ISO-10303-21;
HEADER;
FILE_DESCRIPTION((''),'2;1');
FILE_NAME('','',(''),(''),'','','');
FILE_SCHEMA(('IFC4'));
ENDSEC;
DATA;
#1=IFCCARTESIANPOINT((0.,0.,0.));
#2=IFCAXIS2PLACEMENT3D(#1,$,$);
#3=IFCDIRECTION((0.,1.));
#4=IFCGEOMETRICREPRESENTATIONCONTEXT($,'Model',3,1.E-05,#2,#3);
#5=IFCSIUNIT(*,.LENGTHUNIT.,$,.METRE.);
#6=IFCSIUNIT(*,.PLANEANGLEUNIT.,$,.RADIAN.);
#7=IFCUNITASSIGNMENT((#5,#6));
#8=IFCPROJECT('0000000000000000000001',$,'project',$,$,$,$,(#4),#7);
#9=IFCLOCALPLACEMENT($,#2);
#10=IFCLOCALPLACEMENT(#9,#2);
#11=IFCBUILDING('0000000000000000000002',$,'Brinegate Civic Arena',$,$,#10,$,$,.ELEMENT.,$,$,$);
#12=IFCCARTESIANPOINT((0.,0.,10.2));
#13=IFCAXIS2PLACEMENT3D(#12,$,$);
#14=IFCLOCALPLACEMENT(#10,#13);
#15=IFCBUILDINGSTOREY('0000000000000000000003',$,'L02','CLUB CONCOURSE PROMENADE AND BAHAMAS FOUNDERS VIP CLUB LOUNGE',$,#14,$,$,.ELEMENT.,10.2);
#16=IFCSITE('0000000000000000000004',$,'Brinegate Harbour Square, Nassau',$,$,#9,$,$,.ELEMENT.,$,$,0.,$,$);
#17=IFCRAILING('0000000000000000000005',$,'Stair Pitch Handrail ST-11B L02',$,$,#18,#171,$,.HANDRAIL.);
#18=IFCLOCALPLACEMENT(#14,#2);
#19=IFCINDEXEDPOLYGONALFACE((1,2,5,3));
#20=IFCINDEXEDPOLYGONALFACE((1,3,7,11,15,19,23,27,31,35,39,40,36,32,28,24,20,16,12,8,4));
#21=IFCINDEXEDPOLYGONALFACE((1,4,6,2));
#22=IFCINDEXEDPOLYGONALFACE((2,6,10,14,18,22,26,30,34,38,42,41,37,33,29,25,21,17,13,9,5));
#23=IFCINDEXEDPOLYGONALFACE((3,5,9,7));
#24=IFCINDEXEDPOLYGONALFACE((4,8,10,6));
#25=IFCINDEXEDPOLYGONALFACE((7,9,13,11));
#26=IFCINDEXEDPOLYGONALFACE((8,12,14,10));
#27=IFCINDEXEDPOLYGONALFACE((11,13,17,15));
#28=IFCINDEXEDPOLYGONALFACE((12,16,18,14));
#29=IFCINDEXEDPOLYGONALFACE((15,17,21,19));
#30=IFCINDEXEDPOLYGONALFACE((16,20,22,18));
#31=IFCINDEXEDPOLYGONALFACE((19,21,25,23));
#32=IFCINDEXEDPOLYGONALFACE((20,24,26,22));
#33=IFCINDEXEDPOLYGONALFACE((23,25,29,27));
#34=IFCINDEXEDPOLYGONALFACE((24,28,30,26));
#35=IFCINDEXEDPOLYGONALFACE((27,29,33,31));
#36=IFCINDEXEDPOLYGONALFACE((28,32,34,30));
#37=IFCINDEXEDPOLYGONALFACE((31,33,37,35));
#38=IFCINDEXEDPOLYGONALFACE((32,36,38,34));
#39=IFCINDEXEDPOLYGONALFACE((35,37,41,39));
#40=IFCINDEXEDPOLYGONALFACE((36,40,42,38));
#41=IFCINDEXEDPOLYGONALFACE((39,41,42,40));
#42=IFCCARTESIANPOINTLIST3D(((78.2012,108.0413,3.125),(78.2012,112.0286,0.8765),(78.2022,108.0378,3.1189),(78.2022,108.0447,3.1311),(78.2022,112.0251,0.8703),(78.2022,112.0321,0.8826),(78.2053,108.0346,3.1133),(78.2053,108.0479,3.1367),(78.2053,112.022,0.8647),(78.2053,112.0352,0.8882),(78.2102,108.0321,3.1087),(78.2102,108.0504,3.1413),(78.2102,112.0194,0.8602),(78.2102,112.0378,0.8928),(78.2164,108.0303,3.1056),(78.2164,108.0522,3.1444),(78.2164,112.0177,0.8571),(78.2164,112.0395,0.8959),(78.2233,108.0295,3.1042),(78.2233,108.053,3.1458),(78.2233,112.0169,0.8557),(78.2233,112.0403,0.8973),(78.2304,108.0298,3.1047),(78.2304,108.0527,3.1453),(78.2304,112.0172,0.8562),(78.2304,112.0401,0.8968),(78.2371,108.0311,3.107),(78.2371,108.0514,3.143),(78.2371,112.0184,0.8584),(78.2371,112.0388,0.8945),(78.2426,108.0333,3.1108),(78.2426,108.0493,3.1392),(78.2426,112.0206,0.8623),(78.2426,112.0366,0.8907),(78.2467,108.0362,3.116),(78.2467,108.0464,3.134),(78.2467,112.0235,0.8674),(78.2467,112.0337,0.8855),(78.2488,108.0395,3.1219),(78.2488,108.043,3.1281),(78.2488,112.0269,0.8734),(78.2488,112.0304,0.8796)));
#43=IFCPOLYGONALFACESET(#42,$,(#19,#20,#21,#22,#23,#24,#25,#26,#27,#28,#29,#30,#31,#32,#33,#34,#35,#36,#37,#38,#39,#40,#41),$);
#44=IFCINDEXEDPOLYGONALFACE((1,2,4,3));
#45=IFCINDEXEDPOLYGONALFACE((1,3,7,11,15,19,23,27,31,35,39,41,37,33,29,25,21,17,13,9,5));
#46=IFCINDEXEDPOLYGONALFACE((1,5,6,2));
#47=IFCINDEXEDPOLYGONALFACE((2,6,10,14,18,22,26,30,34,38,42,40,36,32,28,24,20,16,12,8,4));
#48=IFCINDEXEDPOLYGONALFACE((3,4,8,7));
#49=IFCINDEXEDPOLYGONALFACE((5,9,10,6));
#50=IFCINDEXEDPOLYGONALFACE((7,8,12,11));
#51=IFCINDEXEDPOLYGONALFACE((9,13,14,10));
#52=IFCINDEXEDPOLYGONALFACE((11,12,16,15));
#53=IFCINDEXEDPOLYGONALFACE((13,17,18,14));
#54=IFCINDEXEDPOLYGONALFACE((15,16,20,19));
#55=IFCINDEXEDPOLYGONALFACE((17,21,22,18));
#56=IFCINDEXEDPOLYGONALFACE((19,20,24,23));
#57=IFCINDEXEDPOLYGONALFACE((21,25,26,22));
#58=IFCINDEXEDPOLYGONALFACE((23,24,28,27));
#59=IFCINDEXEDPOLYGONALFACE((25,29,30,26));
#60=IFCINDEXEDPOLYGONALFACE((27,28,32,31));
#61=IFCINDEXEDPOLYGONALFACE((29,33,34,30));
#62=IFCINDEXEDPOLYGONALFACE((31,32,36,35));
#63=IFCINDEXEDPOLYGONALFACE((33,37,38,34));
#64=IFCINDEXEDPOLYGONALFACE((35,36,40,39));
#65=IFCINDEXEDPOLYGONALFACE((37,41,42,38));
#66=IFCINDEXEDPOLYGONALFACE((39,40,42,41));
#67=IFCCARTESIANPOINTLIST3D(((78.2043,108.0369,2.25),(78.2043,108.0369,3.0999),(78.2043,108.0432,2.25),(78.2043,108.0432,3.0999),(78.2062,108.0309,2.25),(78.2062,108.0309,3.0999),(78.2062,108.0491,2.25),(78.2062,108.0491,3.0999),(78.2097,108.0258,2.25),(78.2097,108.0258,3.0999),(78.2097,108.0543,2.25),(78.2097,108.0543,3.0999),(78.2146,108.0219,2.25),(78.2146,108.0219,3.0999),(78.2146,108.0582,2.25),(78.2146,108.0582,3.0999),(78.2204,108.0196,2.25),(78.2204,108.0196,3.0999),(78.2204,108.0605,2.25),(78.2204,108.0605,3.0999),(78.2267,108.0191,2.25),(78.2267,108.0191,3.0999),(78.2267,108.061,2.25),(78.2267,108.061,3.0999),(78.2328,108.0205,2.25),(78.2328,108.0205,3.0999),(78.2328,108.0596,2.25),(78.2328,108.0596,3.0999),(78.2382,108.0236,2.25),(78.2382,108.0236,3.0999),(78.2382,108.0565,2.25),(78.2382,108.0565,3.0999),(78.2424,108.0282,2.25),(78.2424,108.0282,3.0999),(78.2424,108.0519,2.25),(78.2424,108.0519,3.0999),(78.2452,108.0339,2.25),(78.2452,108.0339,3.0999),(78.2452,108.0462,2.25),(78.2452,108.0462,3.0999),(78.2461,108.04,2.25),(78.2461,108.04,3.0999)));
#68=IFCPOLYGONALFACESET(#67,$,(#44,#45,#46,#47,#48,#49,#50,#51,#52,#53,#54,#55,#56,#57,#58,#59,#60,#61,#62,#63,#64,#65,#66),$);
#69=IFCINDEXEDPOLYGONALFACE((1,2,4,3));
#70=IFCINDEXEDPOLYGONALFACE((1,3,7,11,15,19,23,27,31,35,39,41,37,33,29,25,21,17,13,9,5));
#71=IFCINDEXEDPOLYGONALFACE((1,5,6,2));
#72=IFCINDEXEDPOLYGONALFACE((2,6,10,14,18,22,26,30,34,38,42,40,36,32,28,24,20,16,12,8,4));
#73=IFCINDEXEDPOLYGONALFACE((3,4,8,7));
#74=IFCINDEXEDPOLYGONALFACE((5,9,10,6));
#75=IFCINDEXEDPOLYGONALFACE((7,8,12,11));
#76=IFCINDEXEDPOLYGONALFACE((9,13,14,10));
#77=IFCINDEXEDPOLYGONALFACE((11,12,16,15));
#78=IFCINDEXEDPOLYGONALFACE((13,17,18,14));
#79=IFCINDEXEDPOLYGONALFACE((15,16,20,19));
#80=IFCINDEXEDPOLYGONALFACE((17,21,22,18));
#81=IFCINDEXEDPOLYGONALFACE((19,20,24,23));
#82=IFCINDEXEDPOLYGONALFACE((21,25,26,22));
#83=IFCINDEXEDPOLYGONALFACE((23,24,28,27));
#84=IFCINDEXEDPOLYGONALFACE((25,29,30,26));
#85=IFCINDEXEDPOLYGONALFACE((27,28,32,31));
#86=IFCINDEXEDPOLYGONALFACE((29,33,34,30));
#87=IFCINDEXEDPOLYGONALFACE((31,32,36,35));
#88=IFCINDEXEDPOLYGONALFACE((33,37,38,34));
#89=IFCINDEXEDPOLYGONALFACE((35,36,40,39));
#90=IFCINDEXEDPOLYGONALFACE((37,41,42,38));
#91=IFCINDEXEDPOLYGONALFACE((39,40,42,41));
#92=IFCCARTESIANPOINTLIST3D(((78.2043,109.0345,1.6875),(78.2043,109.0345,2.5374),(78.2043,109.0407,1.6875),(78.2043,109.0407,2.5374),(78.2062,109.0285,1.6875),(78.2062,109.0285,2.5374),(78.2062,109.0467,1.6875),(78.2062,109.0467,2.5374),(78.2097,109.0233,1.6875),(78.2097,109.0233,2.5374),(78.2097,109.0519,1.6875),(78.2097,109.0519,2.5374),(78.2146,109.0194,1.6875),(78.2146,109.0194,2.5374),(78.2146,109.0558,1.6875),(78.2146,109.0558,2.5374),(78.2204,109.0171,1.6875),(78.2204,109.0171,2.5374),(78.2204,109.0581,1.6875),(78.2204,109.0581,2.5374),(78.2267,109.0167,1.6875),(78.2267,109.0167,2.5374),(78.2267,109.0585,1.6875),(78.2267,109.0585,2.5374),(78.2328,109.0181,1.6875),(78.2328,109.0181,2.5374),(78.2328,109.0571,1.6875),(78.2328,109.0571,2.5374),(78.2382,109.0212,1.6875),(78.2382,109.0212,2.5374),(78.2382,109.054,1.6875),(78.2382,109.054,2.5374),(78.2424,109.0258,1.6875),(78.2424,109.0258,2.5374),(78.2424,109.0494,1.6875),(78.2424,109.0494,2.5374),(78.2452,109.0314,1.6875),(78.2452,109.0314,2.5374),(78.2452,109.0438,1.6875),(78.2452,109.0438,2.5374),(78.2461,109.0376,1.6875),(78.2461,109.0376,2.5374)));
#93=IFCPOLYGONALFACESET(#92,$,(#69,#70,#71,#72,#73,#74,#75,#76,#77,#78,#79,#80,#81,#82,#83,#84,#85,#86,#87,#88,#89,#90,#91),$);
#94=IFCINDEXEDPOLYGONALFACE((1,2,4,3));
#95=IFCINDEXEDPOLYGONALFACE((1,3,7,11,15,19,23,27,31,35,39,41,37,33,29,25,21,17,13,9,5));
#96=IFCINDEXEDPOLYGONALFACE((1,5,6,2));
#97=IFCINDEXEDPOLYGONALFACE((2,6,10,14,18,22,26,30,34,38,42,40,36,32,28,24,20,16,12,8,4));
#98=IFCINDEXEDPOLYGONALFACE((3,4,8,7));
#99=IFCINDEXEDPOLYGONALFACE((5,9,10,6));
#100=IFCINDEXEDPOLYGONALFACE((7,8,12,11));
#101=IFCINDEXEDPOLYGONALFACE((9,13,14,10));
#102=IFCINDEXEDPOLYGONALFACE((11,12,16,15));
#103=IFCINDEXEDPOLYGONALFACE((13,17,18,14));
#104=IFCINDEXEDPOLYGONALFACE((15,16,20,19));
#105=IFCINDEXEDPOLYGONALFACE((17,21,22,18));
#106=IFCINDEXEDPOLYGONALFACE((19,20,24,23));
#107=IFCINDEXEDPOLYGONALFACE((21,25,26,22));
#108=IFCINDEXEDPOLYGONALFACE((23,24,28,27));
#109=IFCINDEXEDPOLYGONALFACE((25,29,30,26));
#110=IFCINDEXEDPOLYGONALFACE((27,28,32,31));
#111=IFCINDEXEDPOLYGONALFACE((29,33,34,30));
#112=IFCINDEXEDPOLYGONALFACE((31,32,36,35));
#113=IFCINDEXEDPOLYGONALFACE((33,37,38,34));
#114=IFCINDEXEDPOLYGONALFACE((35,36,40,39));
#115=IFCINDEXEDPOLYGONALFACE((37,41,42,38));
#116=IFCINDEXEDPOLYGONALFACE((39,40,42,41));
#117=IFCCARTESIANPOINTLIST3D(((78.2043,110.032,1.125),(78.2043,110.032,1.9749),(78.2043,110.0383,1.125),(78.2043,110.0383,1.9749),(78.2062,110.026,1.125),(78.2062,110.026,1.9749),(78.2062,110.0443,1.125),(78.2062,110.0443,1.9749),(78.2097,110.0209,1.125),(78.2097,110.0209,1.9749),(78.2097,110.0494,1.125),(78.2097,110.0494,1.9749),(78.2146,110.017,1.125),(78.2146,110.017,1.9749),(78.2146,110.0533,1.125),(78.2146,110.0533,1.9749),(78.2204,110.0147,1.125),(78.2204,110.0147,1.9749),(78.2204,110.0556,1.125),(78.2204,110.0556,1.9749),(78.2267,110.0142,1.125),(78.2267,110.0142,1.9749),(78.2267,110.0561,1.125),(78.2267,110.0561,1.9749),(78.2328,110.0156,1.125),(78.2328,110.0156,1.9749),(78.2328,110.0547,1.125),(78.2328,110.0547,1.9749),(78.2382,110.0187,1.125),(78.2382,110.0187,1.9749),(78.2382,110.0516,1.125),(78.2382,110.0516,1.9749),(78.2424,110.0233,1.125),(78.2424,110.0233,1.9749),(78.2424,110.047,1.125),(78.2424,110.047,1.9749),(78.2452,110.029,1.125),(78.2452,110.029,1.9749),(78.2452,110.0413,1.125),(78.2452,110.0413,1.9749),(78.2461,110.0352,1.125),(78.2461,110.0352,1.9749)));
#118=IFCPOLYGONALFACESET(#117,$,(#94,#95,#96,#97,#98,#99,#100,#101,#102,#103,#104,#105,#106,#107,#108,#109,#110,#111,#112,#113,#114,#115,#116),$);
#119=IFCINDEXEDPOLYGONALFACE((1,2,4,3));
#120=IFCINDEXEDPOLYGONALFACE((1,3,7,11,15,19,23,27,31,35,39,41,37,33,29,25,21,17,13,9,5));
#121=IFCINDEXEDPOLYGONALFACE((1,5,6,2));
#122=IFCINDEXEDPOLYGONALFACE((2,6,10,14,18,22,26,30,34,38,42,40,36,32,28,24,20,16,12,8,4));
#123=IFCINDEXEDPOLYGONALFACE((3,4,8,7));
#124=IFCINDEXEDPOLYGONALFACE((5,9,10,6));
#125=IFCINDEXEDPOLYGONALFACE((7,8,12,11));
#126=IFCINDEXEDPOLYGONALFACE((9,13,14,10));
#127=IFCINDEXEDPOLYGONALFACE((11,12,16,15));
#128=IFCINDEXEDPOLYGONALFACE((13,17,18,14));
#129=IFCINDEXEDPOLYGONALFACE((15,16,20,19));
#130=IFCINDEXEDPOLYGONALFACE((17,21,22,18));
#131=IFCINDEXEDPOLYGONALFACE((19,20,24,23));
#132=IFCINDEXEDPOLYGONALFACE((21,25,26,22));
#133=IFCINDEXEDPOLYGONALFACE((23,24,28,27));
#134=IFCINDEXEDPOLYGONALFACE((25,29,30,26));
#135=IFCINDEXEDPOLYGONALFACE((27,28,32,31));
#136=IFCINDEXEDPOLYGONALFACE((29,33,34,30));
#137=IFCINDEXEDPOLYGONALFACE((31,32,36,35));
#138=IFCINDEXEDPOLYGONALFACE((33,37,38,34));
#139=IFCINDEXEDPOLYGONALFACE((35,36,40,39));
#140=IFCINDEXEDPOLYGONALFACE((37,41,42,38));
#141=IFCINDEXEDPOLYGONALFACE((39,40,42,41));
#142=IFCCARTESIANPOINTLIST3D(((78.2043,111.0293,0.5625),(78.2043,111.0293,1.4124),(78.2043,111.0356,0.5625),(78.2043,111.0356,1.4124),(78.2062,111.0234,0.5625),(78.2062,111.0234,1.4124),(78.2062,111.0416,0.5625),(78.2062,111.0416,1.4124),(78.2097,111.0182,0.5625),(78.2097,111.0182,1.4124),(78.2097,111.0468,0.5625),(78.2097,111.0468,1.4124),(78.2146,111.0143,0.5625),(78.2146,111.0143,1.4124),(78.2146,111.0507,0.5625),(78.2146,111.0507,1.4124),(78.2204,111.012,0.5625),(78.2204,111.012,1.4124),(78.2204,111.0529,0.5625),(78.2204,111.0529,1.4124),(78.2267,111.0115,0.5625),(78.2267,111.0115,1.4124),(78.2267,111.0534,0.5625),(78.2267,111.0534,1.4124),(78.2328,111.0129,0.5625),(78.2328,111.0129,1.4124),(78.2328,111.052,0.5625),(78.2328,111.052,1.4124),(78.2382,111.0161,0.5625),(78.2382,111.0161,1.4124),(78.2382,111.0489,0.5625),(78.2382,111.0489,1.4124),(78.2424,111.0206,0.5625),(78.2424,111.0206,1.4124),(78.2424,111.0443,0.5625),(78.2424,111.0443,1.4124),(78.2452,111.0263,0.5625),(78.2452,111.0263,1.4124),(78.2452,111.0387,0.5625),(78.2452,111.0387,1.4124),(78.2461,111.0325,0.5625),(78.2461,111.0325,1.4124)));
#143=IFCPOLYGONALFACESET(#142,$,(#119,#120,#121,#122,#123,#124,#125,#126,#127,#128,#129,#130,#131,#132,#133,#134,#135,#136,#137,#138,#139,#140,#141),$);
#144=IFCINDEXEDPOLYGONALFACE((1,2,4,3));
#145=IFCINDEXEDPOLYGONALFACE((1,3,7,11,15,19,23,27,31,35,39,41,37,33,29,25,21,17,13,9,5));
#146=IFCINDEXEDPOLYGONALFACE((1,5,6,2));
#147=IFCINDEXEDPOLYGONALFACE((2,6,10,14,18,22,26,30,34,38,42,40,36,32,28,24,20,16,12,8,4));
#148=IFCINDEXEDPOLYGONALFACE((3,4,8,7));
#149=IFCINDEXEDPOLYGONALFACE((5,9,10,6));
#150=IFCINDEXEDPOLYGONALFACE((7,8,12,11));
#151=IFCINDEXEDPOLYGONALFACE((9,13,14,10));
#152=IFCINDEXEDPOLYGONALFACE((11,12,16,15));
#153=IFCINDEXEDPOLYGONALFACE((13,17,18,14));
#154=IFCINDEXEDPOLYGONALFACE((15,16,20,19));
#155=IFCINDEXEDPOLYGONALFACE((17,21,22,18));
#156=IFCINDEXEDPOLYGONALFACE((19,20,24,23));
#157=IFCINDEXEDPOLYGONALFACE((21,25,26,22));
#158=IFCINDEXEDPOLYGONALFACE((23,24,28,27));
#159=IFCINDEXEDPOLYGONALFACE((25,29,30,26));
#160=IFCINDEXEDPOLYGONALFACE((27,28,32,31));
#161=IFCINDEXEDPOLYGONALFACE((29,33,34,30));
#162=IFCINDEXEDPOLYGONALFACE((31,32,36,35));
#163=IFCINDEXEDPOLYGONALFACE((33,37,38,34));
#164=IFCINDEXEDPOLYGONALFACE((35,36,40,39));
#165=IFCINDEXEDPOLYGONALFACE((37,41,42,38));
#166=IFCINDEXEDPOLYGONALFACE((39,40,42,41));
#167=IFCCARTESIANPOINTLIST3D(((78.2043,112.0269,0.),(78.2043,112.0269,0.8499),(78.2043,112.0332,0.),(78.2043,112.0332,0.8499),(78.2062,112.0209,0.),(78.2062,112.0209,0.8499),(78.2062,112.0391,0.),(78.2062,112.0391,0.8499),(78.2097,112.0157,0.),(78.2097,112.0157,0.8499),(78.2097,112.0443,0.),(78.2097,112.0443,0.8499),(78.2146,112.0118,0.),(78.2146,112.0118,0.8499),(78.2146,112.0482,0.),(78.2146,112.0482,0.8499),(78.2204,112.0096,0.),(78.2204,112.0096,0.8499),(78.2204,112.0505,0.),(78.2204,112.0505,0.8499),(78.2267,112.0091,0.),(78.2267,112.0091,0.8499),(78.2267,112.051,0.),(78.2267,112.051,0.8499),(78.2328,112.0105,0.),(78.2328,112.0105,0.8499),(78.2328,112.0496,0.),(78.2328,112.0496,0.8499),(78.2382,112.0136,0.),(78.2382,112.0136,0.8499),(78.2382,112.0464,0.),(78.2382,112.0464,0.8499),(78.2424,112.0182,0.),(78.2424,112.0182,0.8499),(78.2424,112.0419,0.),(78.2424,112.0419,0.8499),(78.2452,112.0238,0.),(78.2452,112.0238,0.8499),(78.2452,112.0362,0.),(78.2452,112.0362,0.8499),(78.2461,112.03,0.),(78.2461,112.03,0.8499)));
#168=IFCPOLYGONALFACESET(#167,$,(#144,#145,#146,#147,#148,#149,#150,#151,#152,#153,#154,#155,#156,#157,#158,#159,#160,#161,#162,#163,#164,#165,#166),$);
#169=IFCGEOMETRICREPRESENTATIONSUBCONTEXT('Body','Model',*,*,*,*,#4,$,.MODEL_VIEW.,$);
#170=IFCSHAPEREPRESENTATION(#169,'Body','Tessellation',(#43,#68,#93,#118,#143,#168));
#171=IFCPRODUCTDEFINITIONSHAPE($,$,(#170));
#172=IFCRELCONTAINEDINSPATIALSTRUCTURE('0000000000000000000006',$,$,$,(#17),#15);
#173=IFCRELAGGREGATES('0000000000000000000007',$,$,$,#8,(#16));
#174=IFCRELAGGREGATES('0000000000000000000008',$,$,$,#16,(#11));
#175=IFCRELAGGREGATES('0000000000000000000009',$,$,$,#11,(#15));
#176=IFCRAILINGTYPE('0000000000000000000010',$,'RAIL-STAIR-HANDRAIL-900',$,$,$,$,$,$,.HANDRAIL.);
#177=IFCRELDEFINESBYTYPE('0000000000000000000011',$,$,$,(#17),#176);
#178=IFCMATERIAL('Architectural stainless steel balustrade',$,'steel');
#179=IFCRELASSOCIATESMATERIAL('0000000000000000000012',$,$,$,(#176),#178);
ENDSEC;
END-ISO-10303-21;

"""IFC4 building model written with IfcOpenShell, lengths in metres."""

from ifc_helpers import new_model, si_unit, direction, frame, origin, origin_2d, place, context, subcontext, project, spatial, circle, extrude, material, type_object, element, save


model = new_model("IFC4")

# Units and contexts
model_context = context("Model", 3, precision=1e-05, world=origin(), true_north=direction((0.0, 1.0)))
body_context = subcontext(model_context, "Body", "Model", "MODEL_VIEW")
ifc_project = project(units=[si_unit("LENGTHUNIT", "METRE"), si_unit("PLANEANGLEUNIT", "RADIAN")], contexts=[model_context])

# Site, building, storey
site_placement = place(None, origin())
site = spatial("IfcSite", under=ifc_project, at=site_placement, Name="Brinegate Harbour Square, Nassau", CompositionType="ELEMENT", RefElevation=0.0)
building_placement = place(site_placement, origin())
building = spatial("IfcBuilding", under=site, at=building_placement, Name="Brinegate Civic Arena", CompositionType="ELEMENT")
storey_placement = place(building_placement, frame((0.0, 0.0, 10.2)))
storey = spatial("IfcBuildingStorey", under=building, at=storey_placement, Name="L02", Description="CLUB CONCOURSE PROMENADE AND BAHAMAS FOUNDERS VIP CLUB LOUNGE", CompositionType="ELEMENT", Elevation=10.2)

# Railing
ifc_material_1 = material(Name="Architectural stainless steel balustrade", Category="steel")
railing_type_1 = type_object("IfcRailingType", Name="RAIL-STAIR-HANDRAIL-900", PredefinedType="HANDRAIL", material=ifc_material_1)
for number, where, name in (
    (1, (78.2251, 108.04, 2.25), "Stair Pitch Handrail ST-11B L02"),
):
    element("IfcRailing", number, at=place(storey_placement, frame(where)), inside=storey, type_object=railing_type_1, Name=name, PredefinedType="HANDRAIL", context=body_context, shape_type="SweptSolid", body=[
        extrude(circle(Radius=0.0239, at=origin_2d()), frame((0.0, 0.0012, 0.875), z_axis=(0.0, 0.87105, -0.491195), x_axis=(-1.0, 0.0, 0.0)), (0.0, 0.0, 1.0), 4.5776),
        extrude(circle(Radius=0.021, at=origin_2d()), origin(), (0.0, 0.0, 1.0), 0.8499),
        extrude(circle(Radius=0.021, at=origin_2d()), frame((0.0, 0.9976, -0.5625)), (0.0, 0.0, 1.0), 0.8499),
        extrude(circle(Radius=0.021, at=origin_2d()), frame((0.0, 1.9951, -1.125)), (0.0, 0.0, 1.0), 0.8499),
        extrude(circle(Radius=0.021, at=origin_2d()), frame((0.0, 2.9924, -1.6875)), (0.0, 0.0, 1.0), 0.8499),
        extrude(circle(Radius=0.021, at=origin_2d()), frame((0.0, 3.99, -2.25)), (0.0, 0.0, 1.0), 0.8499),
    ])

save(model, "model.ifc")
